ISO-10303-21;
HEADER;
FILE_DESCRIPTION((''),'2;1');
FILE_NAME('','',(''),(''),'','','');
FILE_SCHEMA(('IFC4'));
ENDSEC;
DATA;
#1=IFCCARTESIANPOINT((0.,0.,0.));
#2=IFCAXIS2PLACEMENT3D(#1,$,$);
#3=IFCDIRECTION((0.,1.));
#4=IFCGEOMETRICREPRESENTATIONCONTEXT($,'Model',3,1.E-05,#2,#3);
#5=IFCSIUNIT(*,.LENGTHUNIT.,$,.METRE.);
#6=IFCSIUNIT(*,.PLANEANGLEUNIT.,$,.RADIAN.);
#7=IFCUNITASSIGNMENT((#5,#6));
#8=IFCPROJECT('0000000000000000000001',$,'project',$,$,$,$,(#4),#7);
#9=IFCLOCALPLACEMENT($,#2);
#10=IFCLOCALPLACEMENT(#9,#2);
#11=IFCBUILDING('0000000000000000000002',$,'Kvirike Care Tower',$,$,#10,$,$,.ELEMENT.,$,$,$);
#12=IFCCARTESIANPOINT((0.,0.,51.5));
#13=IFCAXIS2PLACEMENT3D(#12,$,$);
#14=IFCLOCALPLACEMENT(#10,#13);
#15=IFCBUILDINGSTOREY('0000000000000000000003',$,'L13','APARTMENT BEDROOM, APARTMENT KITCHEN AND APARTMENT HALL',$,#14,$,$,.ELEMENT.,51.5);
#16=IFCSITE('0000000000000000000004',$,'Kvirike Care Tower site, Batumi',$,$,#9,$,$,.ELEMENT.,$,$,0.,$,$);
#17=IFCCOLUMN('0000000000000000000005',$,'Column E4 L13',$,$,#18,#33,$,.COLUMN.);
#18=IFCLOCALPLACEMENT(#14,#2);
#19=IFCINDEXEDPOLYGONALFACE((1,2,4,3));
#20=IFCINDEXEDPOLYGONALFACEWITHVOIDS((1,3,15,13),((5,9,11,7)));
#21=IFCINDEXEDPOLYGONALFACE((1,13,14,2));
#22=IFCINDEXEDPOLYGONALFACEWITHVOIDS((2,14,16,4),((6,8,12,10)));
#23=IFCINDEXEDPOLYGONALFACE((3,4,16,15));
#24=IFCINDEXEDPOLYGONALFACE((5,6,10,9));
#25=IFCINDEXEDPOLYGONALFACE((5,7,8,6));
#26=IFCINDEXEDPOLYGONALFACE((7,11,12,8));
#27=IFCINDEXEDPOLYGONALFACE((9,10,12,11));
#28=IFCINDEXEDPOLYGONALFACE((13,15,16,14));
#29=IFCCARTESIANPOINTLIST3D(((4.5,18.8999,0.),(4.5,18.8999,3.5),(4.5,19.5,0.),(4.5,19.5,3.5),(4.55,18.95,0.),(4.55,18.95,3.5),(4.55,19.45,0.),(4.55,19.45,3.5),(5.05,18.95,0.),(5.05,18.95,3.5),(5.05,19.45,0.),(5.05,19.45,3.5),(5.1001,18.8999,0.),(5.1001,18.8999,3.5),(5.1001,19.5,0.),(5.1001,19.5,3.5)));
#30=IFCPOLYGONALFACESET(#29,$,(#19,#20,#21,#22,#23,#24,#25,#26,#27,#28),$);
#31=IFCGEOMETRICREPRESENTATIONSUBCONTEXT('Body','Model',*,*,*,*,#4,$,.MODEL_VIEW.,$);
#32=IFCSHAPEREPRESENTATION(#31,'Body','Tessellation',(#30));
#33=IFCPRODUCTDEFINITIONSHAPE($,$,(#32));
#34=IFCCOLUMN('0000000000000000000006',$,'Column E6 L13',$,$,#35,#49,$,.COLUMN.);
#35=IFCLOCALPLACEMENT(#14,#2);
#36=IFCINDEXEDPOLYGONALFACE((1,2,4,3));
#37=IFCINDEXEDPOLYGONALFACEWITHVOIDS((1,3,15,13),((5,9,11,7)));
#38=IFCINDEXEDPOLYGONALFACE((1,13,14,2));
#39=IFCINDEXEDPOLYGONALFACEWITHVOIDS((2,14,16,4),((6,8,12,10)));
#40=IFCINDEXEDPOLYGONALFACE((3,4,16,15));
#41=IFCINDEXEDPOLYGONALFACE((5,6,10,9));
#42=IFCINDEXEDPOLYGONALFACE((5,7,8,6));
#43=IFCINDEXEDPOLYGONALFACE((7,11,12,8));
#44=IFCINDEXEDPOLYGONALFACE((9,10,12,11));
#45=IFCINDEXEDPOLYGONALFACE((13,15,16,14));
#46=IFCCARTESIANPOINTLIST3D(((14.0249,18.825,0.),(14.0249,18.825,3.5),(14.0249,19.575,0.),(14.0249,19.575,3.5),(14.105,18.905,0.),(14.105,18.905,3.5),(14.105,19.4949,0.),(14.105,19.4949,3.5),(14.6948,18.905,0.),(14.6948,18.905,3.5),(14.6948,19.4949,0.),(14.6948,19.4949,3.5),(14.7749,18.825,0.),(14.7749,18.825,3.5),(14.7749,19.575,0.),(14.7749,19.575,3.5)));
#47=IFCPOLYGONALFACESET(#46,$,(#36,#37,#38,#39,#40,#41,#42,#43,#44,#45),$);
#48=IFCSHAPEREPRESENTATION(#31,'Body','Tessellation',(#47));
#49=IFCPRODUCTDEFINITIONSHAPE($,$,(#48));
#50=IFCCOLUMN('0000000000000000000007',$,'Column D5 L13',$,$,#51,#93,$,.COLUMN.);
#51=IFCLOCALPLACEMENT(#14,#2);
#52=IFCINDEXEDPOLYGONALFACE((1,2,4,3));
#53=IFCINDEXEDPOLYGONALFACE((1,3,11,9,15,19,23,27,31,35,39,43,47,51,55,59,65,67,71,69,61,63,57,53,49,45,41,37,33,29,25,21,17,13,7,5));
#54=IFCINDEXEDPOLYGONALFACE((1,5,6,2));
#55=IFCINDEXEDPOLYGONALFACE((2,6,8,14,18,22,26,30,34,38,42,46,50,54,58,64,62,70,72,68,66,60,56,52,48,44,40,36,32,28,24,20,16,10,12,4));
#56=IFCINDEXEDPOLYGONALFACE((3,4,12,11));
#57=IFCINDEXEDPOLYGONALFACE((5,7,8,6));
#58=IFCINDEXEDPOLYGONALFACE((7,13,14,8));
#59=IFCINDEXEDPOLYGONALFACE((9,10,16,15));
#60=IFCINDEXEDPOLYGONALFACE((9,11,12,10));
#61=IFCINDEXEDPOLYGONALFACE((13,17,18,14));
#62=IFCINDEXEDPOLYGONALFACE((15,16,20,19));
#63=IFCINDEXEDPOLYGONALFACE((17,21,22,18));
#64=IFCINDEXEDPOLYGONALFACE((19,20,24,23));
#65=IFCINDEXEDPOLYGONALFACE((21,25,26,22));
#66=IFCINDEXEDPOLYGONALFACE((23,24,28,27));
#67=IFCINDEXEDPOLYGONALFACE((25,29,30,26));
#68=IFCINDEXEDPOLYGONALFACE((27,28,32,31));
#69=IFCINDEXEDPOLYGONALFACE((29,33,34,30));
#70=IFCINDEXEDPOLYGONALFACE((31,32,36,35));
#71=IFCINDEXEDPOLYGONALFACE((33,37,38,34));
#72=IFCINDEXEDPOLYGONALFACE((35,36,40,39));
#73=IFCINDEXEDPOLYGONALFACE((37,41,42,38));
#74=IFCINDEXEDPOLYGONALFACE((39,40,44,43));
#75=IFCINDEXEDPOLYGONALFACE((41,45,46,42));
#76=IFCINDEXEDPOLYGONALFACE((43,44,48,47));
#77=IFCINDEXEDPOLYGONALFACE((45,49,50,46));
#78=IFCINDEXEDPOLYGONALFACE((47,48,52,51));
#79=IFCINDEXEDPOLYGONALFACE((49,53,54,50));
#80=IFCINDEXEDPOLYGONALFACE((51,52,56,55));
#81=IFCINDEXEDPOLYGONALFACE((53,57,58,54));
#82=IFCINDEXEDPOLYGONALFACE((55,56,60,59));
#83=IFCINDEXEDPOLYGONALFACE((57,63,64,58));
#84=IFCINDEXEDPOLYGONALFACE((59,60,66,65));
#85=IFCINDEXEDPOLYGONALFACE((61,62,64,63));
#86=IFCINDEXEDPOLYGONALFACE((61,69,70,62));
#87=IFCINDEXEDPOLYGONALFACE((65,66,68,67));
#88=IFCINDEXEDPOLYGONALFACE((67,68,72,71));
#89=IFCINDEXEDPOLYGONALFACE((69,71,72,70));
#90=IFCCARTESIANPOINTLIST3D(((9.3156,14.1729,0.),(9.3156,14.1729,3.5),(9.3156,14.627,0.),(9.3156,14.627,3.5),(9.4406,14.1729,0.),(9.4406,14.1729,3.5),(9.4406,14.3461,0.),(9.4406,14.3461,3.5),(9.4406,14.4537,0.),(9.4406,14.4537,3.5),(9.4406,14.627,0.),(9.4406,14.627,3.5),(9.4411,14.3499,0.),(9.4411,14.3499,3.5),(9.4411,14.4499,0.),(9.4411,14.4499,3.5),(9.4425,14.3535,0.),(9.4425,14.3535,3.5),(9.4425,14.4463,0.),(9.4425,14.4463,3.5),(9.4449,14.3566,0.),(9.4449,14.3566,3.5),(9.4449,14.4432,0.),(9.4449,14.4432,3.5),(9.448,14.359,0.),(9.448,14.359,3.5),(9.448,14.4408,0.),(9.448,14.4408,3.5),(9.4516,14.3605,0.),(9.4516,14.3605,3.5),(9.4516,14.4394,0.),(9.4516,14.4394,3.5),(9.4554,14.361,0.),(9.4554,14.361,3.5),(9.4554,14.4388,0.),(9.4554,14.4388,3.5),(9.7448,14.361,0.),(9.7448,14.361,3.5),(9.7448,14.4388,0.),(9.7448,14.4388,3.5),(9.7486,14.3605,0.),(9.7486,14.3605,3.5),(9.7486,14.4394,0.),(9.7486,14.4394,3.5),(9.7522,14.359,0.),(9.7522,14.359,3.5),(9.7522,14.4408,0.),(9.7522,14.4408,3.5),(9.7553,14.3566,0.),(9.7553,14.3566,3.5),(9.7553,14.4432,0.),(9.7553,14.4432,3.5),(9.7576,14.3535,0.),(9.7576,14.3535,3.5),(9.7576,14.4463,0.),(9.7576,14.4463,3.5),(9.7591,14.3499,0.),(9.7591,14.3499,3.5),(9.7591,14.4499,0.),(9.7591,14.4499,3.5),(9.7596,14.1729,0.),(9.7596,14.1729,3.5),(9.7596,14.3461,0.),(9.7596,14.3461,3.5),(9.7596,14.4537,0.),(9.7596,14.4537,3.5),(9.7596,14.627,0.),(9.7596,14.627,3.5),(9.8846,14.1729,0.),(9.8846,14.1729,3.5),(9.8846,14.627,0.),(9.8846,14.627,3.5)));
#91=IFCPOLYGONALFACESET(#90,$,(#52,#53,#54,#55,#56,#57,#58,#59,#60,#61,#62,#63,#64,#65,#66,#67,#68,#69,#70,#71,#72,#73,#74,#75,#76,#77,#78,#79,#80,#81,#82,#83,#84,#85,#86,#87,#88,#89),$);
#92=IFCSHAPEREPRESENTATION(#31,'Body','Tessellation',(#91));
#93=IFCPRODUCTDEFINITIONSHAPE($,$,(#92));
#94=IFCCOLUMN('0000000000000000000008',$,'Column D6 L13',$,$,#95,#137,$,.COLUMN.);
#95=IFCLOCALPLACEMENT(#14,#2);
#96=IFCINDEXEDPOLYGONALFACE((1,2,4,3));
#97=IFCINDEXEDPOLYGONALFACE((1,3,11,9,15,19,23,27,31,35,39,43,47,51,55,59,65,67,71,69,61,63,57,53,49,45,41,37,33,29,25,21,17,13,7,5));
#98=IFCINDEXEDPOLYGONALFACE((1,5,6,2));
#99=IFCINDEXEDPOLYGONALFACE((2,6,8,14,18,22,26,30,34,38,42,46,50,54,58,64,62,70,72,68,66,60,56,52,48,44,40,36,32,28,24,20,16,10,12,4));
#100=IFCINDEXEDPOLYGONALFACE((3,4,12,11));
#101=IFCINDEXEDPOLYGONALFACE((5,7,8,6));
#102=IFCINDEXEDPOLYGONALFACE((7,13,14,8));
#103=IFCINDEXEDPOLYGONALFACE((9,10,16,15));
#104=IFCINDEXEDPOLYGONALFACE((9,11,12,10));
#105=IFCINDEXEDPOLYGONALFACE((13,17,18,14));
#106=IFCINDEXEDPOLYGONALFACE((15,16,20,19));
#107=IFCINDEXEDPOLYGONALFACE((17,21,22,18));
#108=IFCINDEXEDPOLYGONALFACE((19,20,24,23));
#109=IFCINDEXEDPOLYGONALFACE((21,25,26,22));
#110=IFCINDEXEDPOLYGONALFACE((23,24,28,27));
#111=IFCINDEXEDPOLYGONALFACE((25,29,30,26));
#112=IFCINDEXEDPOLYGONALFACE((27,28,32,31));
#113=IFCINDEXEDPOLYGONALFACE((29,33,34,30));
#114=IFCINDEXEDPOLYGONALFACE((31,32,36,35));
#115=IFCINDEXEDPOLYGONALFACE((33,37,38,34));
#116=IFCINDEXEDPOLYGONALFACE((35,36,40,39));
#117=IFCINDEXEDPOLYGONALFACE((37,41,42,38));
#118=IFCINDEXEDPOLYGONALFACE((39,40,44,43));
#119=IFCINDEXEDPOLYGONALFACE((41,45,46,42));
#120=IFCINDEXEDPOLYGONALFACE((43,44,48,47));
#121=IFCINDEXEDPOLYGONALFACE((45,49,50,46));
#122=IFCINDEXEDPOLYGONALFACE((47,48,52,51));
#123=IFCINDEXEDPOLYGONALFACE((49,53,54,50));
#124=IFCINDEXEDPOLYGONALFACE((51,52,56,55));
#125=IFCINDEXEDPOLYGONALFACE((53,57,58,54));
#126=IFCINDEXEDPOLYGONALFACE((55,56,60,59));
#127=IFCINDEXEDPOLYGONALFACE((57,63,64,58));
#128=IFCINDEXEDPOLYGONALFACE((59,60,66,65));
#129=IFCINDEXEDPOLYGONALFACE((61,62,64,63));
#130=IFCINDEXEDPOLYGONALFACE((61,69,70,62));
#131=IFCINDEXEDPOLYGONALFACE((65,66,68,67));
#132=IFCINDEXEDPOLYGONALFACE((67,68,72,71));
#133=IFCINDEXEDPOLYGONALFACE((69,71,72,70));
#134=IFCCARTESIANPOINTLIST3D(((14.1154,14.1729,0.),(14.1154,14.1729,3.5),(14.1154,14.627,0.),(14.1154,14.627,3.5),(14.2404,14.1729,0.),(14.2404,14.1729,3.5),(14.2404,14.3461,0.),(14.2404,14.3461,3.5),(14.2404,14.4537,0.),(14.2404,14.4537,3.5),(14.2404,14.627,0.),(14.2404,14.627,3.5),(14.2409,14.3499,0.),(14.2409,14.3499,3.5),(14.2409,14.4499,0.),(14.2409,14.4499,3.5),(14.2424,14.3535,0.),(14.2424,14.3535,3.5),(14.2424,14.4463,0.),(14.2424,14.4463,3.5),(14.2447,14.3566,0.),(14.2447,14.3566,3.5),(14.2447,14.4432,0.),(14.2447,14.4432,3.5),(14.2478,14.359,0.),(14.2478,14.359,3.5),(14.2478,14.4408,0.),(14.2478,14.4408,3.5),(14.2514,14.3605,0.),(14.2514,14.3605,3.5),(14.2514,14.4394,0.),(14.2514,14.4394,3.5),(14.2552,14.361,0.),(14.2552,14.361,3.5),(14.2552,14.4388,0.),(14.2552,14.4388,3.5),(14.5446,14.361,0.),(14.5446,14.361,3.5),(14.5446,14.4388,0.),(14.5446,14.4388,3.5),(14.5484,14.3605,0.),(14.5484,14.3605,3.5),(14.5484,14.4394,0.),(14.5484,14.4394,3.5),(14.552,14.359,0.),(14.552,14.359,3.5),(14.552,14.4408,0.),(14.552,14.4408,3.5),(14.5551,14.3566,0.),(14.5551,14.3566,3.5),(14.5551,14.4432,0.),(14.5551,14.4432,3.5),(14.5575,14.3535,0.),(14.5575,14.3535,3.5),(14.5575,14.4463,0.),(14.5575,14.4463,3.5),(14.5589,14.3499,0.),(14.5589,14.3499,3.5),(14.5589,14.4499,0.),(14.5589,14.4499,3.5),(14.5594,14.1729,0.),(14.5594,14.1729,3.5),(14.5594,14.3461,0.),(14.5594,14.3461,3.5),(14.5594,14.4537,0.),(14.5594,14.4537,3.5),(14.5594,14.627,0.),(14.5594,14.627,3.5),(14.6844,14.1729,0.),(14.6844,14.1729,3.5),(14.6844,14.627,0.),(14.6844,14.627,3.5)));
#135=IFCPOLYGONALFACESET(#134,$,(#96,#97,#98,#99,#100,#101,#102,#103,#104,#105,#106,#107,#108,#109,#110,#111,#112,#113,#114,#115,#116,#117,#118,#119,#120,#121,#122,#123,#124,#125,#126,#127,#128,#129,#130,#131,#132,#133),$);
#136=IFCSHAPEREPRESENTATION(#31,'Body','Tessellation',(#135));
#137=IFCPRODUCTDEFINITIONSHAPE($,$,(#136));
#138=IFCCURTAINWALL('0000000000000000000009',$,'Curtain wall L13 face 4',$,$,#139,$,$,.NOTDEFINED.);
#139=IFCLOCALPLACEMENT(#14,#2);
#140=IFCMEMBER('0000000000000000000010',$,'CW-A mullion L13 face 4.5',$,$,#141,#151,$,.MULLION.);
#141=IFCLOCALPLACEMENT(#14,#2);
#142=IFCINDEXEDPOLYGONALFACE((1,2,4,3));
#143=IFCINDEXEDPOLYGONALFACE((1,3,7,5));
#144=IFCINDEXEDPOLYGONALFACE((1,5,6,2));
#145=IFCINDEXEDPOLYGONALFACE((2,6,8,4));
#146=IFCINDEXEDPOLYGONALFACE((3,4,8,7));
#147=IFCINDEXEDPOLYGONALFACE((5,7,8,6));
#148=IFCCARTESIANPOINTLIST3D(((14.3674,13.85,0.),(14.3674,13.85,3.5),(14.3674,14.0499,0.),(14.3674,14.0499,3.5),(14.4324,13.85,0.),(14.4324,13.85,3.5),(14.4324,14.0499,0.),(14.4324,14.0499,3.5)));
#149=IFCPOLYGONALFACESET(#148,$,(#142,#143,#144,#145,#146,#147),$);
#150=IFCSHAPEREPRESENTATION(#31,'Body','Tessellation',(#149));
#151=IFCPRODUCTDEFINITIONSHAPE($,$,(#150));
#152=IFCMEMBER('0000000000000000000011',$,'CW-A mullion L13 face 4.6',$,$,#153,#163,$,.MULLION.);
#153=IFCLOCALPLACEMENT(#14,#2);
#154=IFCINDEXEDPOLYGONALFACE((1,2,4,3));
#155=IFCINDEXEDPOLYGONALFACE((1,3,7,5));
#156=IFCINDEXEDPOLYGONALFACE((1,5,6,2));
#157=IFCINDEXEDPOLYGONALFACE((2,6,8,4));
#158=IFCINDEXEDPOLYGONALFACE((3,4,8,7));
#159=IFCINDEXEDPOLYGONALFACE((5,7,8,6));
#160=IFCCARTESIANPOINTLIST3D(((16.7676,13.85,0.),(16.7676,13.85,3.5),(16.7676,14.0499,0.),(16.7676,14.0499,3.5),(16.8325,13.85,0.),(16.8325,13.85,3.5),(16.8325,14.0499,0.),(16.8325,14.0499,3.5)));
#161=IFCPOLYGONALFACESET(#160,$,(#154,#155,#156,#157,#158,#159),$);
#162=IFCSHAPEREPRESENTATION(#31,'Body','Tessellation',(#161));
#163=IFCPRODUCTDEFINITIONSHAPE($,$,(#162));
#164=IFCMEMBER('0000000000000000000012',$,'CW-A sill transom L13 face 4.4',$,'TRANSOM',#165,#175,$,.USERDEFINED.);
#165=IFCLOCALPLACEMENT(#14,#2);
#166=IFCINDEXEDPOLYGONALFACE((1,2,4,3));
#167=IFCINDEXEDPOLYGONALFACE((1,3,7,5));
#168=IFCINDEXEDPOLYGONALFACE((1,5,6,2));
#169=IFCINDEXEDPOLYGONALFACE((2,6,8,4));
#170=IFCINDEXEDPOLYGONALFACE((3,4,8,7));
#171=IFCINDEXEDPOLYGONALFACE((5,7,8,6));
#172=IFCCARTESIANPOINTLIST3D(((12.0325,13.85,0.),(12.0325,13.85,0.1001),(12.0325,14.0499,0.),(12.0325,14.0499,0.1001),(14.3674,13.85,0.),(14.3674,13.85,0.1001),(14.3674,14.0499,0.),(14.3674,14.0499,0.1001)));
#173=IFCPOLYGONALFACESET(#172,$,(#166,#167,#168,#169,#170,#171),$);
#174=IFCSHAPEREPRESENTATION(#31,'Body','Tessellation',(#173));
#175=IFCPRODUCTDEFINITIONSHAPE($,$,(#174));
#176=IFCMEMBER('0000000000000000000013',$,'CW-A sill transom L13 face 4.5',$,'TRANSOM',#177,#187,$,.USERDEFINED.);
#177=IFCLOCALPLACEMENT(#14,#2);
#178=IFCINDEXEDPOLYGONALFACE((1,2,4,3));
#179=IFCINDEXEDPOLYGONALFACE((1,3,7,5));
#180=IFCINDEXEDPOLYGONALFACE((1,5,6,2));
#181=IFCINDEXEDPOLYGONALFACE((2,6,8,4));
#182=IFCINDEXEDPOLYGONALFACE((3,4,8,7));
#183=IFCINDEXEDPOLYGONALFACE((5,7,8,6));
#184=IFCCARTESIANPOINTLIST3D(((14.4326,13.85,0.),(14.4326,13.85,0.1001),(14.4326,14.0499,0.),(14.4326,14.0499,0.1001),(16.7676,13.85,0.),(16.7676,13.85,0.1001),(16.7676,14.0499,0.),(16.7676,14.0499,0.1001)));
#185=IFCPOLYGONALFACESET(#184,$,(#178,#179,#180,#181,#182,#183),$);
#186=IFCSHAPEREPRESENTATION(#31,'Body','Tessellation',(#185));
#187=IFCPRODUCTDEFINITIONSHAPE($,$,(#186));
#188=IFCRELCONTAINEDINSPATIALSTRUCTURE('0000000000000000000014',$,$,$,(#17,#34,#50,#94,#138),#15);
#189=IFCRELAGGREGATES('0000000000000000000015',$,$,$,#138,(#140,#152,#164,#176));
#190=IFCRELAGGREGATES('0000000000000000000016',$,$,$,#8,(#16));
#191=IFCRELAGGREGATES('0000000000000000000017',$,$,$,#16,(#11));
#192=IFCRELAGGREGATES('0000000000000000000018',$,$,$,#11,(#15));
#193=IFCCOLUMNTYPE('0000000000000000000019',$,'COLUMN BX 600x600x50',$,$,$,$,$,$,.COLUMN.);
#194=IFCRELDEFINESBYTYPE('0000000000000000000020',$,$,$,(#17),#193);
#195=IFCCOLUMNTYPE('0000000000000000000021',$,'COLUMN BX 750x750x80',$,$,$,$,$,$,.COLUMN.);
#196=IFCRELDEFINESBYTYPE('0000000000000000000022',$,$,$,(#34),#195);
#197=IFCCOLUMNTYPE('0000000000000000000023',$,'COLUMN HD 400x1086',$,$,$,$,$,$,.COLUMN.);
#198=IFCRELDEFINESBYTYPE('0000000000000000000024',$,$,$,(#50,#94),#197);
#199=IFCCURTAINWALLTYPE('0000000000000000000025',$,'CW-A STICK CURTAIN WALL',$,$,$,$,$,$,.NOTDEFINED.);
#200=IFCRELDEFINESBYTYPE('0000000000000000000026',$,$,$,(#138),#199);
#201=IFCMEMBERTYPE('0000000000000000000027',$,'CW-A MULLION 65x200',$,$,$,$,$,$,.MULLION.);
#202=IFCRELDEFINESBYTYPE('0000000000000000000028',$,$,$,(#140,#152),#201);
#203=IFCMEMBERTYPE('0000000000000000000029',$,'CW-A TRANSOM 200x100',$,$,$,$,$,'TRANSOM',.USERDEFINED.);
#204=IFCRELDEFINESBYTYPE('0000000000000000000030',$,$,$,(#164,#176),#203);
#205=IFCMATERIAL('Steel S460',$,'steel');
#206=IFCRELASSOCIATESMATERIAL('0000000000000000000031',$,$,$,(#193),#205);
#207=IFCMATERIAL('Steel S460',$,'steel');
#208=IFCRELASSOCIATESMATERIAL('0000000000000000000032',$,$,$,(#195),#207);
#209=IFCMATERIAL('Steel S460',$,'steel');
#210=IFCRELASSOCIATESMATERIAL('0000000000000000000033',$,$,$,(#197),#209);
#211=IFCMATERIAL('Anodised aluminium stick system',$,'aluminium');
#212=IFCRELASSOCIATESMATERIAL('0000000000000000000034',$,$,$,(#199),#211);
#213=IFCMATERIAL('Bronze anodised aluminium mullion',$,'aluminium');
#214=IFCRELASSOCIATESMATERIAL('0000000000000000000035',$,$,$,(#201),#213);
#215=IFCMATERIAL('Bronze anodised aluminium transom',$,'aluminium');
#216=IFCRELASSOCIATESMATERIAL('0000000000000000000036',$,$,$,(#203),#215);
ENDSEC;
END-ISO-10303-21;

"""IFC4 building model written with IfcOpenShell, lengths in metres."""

from ifc_helpers import new_model, si_unit, direction, frame, origin, origin_2d, place, context, subcontext, project, spatial, rectangle, hollow_rectangle, i_section, extrude, material, material_profile, profile_set, type_object, element, aggregate, save


model = new_model("IFC4")

# Units and contexts
model_context = context("Model", 3, precision=1e-05, world=origin(), true_north=direction((0.0, 1.0)))
body_context = subcontext(model_context, "Body", "Model", "MODEL_VIEW")
ifc_project = project(units=[si_unit("LENGTHUNIT", "METRE"), si_unit("PLANEANGLEUNIT", "RADIAN")], contexts=[model_context])

# Site, building, storey
site_placement = place(None, origin())
site = spatial("IfcSite", under=ifc_project, at=site_placement, Name="Kvirike Care Tower site, Batumi", CompositionType="ELEMENT", RefElevation=0.0)
building_placement = place(site_placement, origin())
building = spatial("IfcBuilding", under=site, at=building_placement, Name="Kvirike Care Tower", CompositionType="ELEMENT")
storey_placement = place(building_placement, frame((0.0, 0.0, 51.5)))
storey = spatial("IfcBuildingStorey", under=building, at=storey_placement, Name="L13", Description="APARTMENT BEDROOM, APARTMENT KITCHEN AND APARTMENT HALL", CompositionType="ELEMENT", Elevation=51.5)

# Columns
ifc_material_1 = material(Name="Steel S460", Category="steel")
ifc_material_profile_1 = material_profile(ifc_material_1, hollow_rectangle(XDim=0.6001, YDim=0.6001, WallThickness=0.05, at=origin_2d()), Name="BX 600x600x50")
ifc_profile_set_1 = profile_set([ifc_material_profile_1], Name="Steel S460")
column_type_1 = type_object("IfcColumnType", Name="COLUMN BX 600x600x50", PredefinedType="COLUMN", material=ifc_profile_set_1)
column_1_placement = place(storey_placement, frame((4.8, 19.2, 0.0), z_axis=(0.0, 0.0, 1.0), x_axis=(0.0, 1.0, 0.0)))
element("IfcColumn", 1, at=column_1_placement, inside=storey, type_object=column_type_1, Name="Column E4 L13", PredefinedType="COLUMN", context=body_context, shape_type="SweptSolid", body=[
    extrude(hollow_rectangle(XDim=0.6001, YDim=0.6001, WallThickness=0.05, at=origin_2d()), origin(), (0.0, 0.0, 1.0), 3.5),
])
ifc_material_2 = material(Name="Steel S460", Category="steel")
ifc_material_profile_2 = material_profile(ifc_material_2, hollow_rectangle(XDim=0.75, YDim=0.75, WallThickness=0.0801, at=origin_2d()), Name="BX 750x750x80")
ifc_profile_set_2 = profile_set([ifc_material_profile_2], Name="Steel S460")
column_type_2 = type_object("IfcColumnType", Name="COLUMN BX 750x750x80", PredefinedType="COLUMN", material=ifc_profile_set_2)
column_2_placement = place(storey_placement, frame((14.3999, 19.2, 0.0), z_axis=(0.0, 0.0, 1.0), x_axis=(1.0, 0.0, 0.0)))
element("IfcColumn", 2, at=column_2_placement, inside=storey, type_object=column_type_2, Name="Column E6 L13", PredefinedType="COLUMN", context=body_context, shape_type="SweptSolid", body=[
    extrude(hollow_rectangle(XDim=0.75, YDim=0.75, WallThickness=0.0801, at=origin_2d()), origin(), (0.0, 0.0, 1.0), 3.5),
])
ifc_material_3 = material(Name="Steel S460", Category="steel")
ifc_material_profile_3 = material_profile(ifc_material_3, i_section(OverallWidth=0.4541, OverallDepth=0.5691, WebThickness=0.0779, FlangeThickness=0.125, FilletRadius=0.0149, at=origin_2d()), Name="HD 400x1086")
ifc_profile_set_3 = profile_set([ifc_material_profile_3], Name="Steel S460")
column_type_3 = type_object("IfcColumnType", Name="COLUMN HD 400x1086", PredefinedType="COLUMN", material=ifc_profile_set_3)
for number, where, z_axis, x_axis, name in (
    (3, (9.6001, 14.3999, 0.0), (0.0, 0.0, 1.0), (0.0, 1.0, 0.0), "Column D5 L13"),
    (4, (14.3999, 14.3999, 0.0), (0.0, 0.0, 1.0), (0.0, 1.0, 0.0), "Column D6 L13"),
):
    element("IfcColumn", number, at=place(storey_placement, frame(where, z_axis=z_axis, x_axis=x_axis)), inside=storey, type_object=column_type_3, Name=name, PredefinedType="COLUMN", context=body_context, shape_type="SweptSolid", body=[
        extrude(i_section(OverallWidth=0.4541, OverallDepth=0.5691, WebThickness=0.0779, FlangeThickness=0.125, FilletRadius=0.0149, at=origin_2d()), origin(), (0.0, 0.0, 1.0), 3.5),
    ])

# Curtain wall, members
ifc_material_4 = material(Name="Anodised aluminium stick system", Category="aluminium")
curtain_wall_type = type_object("IfcCurtainWallType", Name="CW-A STICK CURTAIN WALL", PredefinedType="NOTDEFINED", material=ifc_material_4)
curtain_wall_placement = place(storey_placement, origin())
curtain_wall = element("IfcCurtainWall", 5, at=curtain_wall_placement, inside=storey, type_object=curtain_wall_type, Name="Curtain wall L13 face 4", PredefinedType="NOTDEFINED")
ifc_material_5 = material(Name="Bronze anodised aluminium mullion", Category="aluminium")
ifc_material_profile_4 = material_profile(ifc_material_5, rectangle(XDim=0.0649, YDim=0.2, at=origin_2d()), Name="CW-A MULLION 65x200")
ifc_profile_set_4 = profile_set([ifc_material_profile_4], Name="Bronze anodised aluminium mullion")
member_type_1 = type_object("IfcMemberType", Name="CW-A MULLION 65x200", PredefinedType="MULLION", material=ifc_profile_set_4)
member_1_placement = place(storey_placement, frame((14.3999, 13.95, 0.0), z_axis=(0.0, 0.0, 1.0), x_axis=(1.0, 0.0, 0.0)))
member_1 = element("IfcMember", 6, at=member_1_placement, type_object=member_type_1, Name="CW-A mullion L13 face 4.5", PredefinedType="MULLION", context=body_context, shape_type="SweptSolid", body=[
    extrude(rectangle(XDim=0.0649, YDim=0.2, at=origin_2d()), origin(), (0.0, 0.0, 1.0), 3.5),
])
member_2_placement = place(storey_placement, frame((16.8, 13.95, 0.0), z_axis=(0.0, 0.0, 1.0), x_axis=(1.0, 0.0, 0.0)))
member_2 = element("IfcMember", 7, at=member_2_placement, type_object=member_type_1, Name="CW-A mullion L13 face 4.6", PredefinedType="MULLION", context=body_context, shape_type="SweptSolid", body=[
    extrude(rectangle(XDim=0.0649, YDim=0.2, at=origin_2d()), origin(), (0.0, 0.0, 1.0), 3.5),
])
ifc_material_6 = material(Name="Bronze anodised aluminium transom", Category="aluminium")
ifc_material_profile_5 = material_profile(ifc_material_6, rectangle(XDim=0.2, YDim=0.1001, at=origin_2d()), Name="CW-A TRANSOM 200x100")
ifc_profile_set_5 = profile_set([ifc_material_profile_5], Name="Bronze anodised aluminium transom")
member_type_2 = type_object("IfcMemberType", Name="CW-A TRANSOM 200x100", ElementType="TRANSOM", PredefinedType="USERDEFINED", material=ifc_profile_set_5)
member_3_placement = place(storey_placement, frame((12.0325, 13.95, 0.05), z_axis=(1.0, 0.0, 0.0), x_axis=(0.0, 1.0, 0.0)))
member_3 = element("IfcMember", 8, at=member_3_placement, type_object=member_type_2, Name="CW-A sill transom L13 face 4.4", ObjectType="TRANSOM", PredefinedType="USERDEFINED", context=body_context, shape_type="SweptSolid", body=[
    extrude(rectangle(XDim=0.2, YDim=0.1001, at=origin_2d()), origin(), (0.0, 0.0, 1.0), 2.335),
])
member_4_placement = place(storey_placement, frame((14.4326, 13.95, 0.05), z_axis=(1.0, 0.0, 0.0), x_axis=(0.0, 1.0, 0.0)))
member_4 = element("IfcMember", 9, at=member_4_placement, type_object=member_type_2, Name="CW-A sill transom L13 face 4.5", ObjectType="TRANSOM", PredefinedType="USERDEFINED", context=body_context, shape_type="SweptSolid", body=[
    extrude(rectangle(XDim=0.2, YDim=0.1001, at=origin_2d()), origin(), (0.0, 0.0, 1.0), 2.335),
])

aggregate(curtain_wall, [member_1, member_2, member_3, member_4])

save(model, "model.ifc")
